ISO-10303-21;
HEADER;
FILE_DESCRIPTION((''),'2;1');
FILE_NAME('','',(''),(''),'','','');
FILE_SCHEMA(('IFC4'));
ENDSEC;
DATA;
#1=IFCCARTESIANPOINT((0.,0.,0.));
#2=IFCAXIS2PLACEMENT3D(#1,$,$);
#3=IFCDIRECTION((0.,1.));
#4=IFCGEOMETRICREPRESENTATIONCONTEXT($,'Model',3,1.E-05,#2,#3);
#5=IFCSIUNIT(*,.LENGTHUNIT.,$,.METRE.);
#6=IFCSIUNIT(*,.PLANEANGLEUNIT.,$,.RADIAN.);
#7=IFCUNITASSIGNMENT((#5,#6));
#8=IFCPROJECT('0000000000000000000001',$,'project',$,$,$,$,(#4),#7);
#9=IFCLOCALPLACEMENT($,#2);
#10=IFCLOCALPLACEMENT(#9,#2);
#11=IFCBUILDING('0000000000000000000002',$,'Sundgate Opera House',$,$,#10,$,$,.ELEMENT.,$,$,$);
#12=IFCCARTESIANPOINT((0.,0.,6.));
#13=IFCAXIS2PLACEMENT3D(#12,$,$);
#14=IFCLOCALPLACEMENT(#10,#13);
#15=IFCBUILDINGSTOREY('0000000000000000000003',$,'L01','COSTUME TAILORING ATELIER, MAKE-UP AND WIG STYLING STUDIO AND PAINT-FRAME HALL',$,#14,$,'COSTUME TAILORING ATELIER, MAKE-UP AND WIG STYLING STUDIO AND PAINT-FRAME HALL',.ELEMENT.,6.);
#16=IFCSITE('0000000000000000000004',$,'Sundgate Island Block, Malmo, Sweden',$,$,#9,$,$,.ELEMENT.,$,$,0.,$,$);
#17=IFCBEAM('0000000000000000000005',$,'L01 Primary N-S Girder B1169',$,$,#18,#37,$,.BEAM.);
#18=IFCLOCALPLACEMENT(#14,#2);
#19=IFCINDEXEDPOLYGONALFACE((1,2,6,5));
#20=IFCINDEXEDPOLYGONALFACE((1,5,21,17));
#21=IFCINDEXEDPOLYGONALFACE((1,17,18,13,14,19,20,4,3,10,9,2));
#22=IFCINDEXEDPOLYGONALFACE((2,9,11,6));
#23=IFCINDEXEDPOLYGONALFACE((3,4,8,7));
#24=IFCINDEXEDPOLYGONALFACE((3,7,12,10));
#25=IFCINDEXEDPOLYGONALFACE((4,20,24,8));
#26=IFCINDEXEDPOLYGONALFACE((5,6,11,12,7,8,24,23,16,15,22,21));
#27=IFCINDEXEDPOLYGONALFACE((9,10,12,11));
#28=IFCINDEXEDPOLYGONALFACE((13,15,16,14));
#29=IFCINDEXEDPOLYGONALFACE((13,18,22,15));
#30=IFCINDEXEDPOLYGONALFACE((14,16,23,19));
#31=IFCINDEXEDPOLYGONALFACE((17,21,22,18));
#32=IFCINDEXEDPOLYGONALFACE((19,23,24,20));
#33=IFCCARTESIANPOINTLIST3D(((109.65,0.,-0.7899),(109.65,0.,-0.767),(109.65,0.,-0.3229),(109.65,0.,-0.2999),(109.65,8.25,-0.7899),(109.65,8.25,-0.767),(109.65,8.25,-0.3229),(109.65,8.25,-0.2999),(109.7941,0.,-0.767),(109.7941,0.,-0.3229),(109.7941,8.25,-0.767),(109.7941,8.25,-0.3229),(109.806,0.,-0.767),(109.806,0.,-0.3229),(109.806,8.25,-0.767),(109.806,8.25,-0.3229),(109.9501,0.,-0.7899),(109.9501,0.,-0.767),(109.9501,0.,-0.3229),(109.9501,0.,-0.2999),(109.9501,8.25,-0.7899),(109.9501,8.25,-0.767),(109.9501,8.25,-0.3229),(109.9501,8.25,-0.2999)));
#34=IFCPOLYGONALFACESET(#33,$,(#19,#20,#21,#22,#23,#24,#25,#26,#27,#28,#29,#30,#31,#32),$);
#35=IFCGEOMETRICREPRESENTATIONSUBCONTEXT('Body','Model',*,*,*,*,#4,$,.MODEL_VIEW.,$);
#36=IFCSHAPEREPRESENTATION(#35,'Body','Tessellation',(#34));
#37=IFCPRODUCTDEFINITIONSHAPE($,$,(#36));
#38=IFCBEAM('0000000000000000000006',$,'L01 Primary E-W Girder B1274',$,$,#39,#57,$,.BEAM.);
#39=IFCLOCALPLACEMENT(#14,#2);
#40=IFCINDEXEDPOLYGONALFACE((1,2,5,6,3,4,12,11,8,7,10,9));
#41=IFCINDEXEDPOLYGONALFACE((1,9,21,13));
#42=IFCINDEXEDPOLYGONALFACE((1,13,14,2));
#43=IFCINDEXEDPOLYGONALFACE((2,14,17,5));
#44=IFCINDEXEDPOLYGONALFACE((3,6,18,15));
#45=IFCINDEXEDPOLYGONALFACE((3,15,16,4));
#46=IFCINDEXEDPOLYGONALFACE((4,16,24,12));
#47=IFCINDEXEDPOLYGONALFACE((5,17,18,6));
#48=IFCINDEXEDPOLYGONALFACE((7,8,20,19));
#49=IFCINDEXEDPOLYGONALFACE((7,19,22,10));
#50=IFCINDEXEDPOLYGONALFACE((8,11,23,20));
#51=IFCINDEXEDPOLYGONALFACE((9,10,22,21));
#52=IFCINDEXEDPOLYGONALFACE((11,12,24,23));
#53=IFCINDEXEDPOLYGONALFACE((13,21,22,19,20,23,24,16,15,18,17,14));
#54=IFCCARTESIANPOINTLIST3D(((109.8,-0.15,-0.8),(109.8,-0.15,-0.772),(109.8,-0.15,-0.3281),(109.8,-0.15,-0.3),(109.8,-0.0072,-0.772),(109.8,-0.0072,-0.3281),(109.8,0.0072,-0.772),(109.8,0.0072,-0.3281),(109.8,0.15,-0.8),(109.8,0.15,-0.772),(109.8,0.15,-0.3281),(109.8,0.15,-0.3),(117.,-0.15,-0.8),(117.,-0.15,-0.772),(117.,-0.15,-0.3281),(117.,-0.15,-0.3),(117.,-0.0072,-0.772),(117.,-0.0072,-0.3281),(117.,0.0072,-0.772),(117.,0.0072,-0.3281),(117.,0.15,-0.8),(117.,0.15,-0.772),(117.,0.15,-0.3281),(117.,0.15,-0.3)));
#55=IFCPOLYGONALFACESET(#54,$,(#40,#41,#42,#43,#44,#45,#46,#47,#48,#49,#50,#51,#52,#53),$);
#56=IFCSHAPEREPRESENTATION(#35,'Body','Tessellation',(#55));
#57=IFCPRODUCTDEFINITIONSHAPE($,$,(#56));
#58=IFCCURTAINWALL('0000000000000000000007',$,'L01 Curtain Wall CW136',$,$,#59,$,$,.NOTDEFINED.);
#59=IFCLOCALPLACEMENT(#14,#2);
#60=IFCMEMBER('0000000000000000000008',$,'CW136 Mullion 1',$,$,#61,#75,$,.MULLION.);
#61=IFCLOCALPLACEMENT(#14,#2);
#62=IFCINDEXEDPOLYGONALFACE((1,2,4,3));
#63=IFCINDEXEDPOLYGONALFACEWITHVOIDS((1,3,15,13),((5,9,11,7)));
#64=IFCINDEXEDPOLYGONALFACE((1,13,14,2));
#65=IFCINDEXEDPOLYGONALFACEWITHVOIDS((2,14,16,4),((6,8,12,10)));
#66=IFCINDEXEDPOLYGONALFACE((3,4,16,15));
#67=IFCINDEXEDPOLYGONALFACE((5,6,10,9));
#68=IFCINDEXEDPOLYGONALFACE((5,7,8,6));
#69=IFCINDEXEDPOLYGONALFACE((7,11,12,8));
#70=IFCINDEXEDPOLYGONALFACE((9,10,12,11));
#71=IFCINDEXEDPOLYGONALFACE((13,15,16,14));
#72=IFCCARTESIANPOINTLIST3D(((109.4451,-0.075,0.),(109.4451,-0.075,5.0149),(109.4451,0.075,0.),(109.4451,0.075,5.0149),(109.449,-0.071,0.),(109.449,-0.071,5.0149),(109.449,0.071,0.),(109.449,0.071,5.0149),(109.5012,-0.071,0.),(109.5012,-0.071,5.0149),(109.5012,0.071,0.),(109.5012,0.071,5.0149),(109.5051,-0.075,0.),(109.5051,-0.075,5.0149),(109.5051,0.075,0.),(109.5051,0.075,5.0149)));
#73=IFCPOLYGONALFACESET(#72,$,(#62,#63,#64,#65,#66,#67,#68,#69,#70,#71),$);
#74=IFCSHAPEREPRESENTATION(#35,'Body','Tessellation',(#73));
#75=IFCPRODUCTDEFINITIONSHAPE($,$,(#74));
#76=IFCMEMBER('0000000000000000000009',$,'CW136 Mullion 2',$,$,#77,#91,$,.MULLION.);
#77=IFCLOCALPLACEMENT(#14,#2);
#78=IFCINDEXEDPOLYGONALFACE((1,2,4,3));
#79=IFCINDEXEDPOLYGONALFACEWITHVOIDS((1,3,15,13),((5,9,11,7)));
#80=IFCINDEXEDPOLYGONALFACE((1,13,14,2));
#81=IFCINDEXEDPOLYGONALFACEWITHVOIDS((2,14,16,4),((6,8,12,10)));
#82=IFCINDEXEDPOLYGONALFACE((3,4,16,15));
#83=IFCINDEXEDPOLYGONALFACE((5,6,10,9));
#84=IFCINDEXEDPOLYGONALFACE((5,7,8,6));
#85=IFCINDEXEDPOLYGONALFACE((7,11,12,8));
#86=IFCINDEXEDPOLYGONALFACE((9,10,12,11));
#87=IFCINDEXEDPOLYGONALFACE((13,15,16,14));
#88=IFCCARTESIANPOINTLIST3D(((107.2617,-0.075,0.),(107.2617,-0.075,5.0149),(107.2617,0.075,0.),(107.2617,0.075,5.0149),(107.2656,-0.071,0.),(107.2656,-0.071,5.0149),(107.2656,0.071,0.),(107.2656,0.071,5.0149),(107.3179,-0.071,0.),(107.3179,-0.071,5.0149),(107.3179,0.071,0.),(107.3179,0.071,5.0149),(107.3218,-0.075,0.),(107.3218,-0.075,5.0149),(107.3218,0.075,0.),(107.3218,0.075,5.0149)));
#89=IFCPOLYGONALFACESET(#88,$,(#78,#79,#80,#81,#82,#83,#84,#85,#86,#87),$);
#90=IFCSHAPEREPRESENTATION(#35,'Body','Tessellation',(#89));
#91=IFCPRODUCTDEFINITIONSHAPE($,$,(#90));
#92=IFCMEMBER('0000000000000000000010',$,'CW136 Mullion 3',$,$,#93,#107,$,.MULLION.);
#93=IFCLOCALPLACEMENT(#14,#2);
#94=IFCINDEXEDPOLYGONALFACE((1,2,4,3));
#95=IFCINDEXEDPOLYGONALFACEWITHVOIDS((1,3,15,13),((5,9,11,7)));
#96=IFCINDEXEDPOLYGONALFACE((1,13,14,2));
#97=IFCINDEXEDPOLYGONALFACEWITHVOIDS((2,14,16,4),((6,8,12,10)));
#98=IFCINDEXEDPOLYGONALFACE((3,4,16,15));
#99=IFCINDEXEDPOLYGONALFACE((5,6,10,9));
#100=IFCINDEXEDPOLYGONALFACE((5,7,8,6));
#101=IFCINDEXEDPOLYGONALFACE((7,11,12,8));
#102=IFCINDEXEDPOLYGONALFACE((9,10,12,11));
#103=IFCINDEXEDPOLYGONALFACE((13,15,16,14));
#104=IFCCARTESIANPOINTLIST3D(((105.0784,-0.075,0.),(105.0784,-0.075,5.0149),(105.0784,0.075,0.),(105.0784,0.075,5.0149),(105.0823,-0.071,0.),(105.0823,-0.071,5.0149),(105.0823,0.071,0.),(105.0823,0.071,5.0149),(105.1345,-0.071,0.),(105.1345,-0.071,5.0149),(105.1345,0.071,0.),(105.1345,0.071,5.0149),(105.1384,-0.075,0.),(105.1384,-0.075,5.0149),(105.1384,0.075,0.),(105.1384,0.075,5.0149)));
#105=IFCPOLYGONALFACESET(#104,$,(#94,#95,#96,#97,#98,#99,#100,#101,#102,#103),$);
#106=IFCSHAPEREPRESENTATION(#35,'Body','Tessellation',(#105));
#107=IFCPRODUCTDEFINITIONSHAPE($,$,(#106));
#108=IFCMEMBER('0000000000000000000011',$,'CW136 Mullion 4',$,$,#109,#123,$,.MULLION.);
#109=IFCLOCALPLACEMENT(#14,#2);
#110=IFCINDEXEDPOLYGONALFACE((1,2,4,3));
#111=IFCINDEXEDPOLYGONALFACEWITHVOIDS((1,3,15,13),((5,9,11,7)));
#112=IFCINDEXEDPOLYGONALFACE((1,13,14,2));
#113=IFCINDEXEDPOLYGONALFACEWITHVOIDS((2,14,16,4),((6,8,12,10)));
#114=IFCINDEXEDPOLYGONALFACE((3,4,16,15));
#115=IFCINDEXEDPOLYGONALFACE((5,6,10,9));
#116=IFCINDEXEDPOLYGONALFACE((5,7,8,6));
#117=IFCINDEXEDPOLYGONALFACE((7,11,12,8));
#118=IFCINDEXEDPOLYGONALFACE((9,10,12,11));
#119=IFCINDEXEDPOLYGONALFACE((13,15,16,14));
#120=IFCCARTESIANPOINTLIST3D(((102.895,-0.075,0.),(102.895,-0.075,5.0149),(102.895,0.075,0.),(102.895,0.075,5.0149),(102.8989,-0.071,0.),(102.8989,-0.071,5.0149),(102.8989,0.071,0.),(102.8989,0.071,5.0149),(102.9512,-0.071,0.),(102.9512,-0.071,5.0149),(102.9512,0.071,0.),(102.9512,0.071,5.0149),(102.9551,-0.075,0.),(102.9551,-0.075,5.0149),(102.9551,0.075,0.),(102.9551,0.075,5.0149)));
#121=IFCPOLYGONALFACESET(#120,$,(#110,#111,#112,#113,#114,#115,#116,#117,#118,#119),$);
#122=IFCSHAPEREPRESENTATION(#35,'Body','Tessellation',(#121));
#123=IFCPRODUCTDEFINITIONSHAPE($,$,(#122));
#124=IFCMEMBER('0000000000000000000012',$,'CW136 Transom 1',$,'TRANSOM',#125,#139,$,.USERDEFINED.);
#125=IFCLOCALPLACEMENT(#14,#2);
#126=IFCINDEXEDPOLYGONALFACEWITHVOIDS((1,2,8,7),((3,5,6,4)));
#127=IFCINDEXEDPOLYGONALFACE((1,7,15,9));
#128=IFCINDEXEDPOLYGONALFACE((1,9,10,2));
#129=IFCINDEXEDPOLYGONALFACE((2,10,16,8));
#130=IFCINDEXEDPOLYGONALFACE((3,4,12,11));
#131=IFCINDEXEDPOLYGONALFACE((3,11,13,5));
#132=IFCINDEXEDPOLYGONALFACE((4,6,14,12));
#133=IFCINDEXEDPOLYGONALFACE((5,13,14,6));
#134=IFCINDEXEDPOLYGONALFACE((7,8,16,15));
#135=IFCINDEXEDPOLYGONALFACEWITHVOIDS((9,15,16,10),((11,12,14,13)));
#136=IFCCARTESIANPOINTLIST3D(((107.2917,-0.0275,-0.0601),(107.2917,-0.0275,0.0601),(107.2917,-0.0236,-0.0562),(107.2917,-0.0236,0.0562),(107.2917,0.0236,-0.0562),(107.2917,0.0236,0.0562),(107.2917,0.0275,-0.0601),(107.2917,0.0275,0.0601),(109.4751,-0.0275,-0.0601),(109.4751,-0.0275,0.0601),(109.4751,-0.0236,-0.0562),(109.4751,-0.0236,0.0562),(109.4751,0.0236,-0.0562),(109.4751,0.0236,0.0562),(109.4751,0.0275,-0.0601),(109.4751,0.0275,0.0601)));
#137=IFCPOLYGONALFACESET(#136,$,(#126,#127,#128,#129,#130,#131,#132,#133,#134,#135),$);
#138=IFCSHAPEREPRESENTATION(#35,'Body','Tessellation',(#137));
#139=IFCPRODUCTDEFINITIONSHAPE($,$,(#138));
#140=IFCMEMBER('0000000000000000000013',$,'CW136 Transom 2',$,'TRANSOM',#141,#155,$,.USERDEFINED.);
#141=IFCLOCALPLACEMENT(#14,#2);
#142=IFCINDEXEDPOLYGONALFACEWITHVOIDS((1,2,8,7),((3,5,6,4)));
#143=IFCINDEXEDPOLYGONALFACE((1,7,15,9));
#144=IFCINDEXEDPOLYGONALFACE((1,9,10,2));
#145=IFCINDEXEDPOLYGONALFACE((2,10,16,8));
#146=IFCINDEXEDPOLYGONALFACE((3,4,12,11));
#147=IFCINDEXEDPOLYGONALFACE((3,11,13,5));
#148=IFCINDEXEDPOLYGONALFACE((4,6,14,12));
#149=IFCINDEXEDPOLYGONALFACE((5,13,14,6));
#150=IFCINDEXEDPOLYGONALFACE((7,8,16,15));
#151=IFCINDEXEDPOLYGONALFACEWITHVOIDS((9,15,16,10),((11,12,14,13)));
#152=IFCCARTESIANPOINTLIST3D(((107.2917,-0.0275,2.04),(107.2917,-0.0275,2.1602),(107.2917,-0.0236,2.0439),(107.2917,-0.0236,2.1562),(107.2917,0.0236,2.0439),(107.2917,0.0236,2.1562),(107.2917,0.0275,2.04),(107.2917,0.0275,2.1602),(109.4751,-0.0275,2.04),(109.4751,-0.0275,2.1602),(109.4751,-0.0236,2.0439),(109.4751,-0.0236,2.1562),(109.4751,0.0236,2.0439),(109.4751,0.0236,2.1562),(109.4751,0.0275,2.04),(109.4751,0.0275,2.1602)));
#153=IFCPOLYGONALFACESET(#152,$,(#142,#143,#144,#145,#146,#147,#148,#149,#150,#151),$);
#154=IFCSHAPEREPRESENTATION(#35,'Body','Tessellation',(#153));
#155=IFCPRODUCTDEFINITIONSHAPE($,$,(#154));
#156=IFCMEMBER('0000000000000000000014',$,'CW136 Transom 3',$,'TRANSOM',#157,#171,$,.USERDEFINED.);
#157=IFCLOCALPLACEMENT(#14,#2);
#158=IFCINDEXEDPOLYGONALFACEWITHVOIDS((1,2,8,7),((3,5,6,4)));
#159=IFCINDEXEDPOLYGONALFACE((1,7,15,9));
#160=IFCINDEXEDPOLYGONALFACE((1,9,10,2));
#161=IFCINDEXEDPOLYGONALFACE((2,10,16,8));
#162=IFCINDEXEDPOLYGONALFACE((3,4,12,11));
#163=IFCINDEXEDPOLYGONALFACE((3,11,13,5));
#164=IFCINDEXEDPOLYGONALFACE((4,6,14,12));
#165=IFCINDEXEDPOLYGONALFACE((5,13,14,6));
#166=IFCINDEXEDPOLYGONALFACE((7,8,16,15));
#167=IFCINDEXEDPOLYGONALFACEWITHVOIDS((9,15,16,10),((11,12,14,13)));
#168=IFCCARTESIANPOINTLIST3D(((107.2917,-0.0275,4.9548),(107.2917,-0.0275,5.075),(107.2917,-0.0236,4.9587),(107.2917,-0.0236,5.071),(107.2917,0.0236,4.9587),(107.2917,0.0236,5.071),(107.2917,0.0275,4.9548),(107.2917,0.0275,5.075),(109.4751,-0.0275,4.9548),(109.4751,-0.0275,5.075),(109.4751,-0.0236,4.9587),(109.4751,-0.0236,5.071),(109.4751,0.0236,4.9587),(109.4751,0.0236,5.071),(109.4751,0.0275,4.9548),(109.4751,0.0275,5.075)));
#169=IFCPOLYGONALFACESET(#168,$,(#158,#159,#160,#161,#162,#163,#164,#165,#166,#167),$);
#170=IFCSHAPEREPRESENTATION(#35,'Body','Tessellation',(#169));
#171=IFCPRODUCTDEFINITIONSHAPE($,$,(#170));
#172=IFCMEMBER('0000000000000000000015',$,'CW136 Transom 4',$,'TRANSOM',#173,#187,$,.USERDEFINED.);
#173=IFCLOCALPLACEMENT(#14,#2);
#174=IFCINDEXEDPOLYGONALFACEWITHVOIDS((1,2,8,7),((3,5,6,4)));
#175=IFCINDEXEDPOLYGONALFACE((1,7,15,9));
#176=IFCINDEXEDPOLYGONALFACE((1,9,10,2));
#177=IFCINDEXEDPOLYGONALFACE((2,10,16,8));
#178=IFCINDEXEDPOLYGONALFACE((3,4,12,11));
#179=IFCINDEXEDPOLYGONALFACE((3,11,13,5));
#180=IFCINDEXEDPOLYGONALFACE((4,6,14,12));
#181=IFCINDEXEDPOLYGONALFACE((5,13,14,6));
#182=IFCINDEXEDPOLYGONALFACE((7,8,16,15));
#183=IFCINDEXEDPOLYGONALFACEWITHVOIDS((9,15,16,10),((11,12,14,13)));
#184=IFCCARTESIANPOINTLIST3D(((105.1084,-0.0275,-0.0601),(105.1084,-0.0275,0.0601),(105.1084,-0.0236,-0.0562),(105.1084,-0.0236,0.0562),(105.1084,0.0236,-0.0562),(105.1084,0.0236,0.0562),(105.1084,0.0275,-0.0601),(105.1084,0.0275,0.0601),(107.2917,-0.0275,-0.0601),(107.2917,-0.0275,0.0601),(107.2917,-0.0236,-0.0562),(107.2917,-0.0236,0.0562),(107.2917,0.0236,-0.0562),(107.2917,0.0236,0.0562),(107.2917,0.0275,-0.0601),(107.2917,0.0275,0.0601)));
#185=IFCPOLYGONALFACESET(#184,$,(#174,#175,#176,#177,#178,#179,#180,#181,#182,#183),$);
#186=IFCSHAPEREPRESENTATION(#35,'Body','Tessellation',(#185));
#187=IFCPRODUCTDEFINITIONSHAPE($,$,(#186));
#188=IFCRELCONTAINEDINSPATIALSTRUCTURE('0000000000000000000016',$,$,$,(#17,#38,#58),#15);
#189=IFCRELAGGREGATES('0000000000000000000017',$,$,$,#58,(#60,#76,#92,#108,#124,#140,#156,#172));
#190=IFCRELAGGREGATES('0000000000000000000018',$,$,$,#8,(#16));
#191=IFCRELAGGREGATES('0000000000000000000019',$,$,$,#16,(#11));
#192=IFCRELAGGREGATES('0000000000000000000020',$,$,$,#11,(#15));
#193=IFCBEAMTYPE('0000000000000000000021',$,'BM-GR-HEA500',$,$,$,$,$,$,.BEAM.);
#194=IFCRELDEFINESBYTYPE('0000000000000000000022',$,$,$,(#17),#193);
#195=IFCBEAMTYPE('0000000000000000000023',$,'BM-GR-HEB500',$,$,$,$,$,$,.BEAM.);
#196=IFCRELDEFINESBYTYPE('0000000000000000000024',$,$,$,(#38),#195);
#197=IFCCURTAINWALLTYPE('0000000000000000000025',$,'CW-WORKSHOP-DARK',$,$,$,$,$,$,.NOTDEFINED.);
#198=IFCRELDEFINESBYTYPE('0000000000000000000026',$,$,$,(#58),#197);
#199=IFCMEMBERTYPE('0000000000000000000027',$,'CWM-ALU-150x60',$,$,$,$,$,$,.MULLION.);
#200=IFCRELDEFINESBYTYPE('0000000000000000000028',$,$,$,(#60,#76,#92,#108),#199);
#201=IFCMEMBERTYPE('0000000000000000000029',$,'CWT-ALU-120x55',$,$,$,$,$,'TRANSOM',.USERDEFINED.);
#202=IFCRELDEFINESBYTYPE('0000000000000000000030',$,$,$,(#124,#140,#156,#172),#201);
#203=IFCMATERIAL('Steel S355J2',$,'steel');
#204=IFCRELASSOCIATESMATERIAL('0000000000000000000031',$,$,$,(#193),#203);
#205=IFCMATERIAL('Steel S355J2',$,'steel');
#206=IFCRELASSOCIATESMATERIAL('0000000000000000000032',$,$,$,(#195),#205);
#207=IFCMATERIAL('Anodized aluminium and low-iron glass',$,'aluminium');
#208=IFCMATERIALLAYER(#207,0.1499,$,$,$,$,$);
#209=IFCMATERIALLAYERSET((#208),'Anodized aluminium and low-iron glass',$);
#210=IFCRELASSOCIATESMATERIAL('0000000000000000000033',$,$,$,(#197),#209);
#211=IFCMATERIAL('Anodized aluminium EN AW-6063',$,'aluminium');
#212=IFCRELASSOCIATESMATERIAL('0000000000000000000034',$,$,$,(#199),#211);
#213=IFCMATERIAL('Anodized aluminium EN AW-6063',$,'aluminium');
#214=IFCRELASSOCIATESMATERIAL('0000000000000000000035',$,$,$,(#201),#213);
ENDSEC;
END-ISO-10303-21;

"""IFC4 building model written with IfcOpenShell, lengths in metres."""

from ifc_helpers import new_model, si_unit, direction, frame, origin, origin_2d, place, context, subcontext, project, spatial, hollow_rectangle, i_section, extrude, material, layer, layer_set, material_profile, profile_set, type_object, element, aggregate, save


model = new_model("IFC4")

# Units and contexts
model_context = context("Model", 3, precision=1e-05, world=origin(), true_north=direction((0.0, 1.0)))
body_context = subcontext(model_context, "Body", "Model", "MODEL_VIEW")
ifc_project = project(units=[si_unit("LENGTHUNIT", "METRE"), si_unit("PLANEANGLEUNIT", "RADIAN")], contexts=[model_context])

# Site, building, storey
site_placement = place(None, origin())
site = spatial("IfcSite", under=ifc_project, at=site_placement, Name="Sundgate Island Block, Malmo, Sweden", CompositionType="ELEMENT", RefElevation=0.0)
building_placement = place(site_placement, origin())
building = spatial("IfcBuilding", under=site, at=building_placement, Name="Sundgate Opera House", CompositionType="ELEMENT")
storey_placement = place(building_placement, frame((0.0, 0.0, 6.0)))
storey = spatial("IfcBuildingStorey", under=building, at=storey_placement, Name="L01", Description="COSTUME TAILORING ATELIER, MAKE-UP AND WIG STYLING STUDIO AND PAINT-FRAME HALL", LongName="COSTUME TAILORING ATELIER, MAKE-UP AND WIG STYLING STUDIO AND PAINT-FRAME HALL", CompositionType="ELEMENT", Elevation=6.0)

# Beams
ifc_material_1 = material(Name="Steel S355J2", Category="steel")
ifc_material_profile_1 = material_profile(ifc_material_1, i_section(OverallWidth=0.3, OverallDepth=0.49, WebThickness=0.012, FlangeThickness=0.0229, at=origin_2d()), Name="HEA 500")
ifc_profile_set_1 = profile_set([ifc_material_profile_1], Name="Steel S355J2")
beam_type_1 = type_object("IfcBeamType", Name="BM-GR-HEA500", PredefinedType="BEAM", material=ifc_profile_set_1)
beam_1_placement = place(storey_placement, frame((109.8, 0.0, -0.5449), z_axis=(0.0, 1.0, 0.0), x_axis=(-1.0, 0.0, 0.0)))
element("IfcBeam", 1, at=beam_1_placement, inside=storey, type_object=beam_type_1, Name="L01 Primary N-S Girder B1169", PredefinedType="BEAM", context=body_context, shape_type="SweptSolid", body=[
    extrude(i_section(OverallWidth=0.3, OverallDepth=0.49, WebThickness=0.012, FlangeThickness=0.0229, at=origin_2d()), origin(), (0.0, 0.0, 1.0), 8.25),
])
ifc_material_2 = material(Name="Steel S355J2", Category="steel")
ifc_material_profile_2 = material_profile(ifc_material_2, i_section(OverallWidth=0.3, OverallDepth=0.5, WebThickness=0.0144, FlangeThickness=0.0281, at=origin_2d()), Name="HEB 500")
ifc_profile_set_2 = profile_set([ifc_material_profile_2], Name="Steel S355J2")
beam_type_2 = type_object("IfcBeamType", Name="BM-GR-HEB500", PredefinedType="BEAM", material=ifc_profile_set_2)
beam_2_placement = place(storey_placement, frame((109.8, 0.0, -0.55), z_axis=(1.0, 0.0, 0.0), x_axis=(0.0, 1.0, 0.0)))
element("IfcBeam", 2, at=beam_2_placement, inside=storey, type_object=beam_type_2, Name="L01 Primary E-W Girder B1274", PredefinedType="BEAM", context=body_context, shape_type="SweptSolid", body=[
    extrude(i_section(OverallWidth=0.3, OverallDepth=0.5, WebThickness=0.0144, FlangeThickness=0.0281, at=origin_2d()), origin(), (0.0, 0.0, 1.0), 7.2),
])

# Curtain wall, members
ifc_material_3 = material(Name="Anodized aluminium and low-iron glass", Category="aluminium")
ifc_layer_1 = layer(ifc_material_3, 0.1499)
ifc_layer_set_1 = layer_set([ifc_layer_1], Name="Anodized aluminium and low-iron glass")
curtain_wall_type = type_object("IfcCurtainWallType", Name="CW-WORKSHOP-DARK", PredefinedType="NOTDEFINED", material=ifc_layer_set_1)
curtain_wall_placement = place(storey_placement, origin())
curtain_wall = element("IfcCurtainWall", 3, at=curtain_wall_placement, inside=storey, type_object=curtain_wall_type, Name="L01 Curtain Wall CW136", PredefinedType="NOTDEFINED")
ifc_material_4 = material(Name="Anodized aluminium EN AW-6063", Category="aluminium")
ifc_material_profile_3 = material_profile(ifc_material_4, hollow_rectangle(XDim=0.0601, YDim=0.1499, WallThickness=0.0039, at=origin_2d()), Name="CWM 150x60x4")
ifc_profile_set_3 = profile_set([ifc_material_profile_3], Name="Anodized aluminium EN AW-6063")
member_type_1 = type_object("IfcMemberType", Name="CWM-ALU-150x60", PredefinedType="MULLION", material=ifc_profile_set_3)
member_1_placement = place(storey_placement, frame((109.4751, 0.0, 0.0), z_axis=(0.0, 0.0, 1.0), x_axis=(1.0, 0.0, 0.0)))
member_1 = element("IfcMember", 4, at=member_1_placement, type_object=member_type_1, Name="CW136 Mullion 1", PredefinedType="MULLION", context=body_context, shape_type="SweptSolid", body=[
    extrude(hollow_rectangle(XDim=0.0601, YDim=0.1499, WallThickness=0.0039, at=origin_2d()), origin(), (0.0, 0.0, 1.0), 5.0149),
])
member_2_placement = place(storey_placement, frame((107.2917, 0.0, 0.0), z_axis=(0.0, 0.0, 1.0), x_axis=(1.0, 0.0, 0.0)))
member_2 = element("IfcMember", 5, at=member_2_placement, type_object=member_type_1, Name="CW136 Mullion 2", PredefinedType="MULLION", context=body_context, shape_type="SweptSolid", body=[
    extrude(hollow_rectangle(XDim=0.0601, YDim=0.1499, WallThickness=0.0039, at=origin_2d()), origin(), (0.0, 0.0, 1.0), 5.0149),
])
member_3_placement = place(storey_placement, frame((105.1084, 0.0, 0.0), z_axis=(0.0, 0.0, 1.0), x_axis=(1.0, 0.0, 0.0)))
member_3 = element("IfcMember", 6, at=member_3_placement, type_object=member_type_1, Name="CW136 Mullion 3", PredefinedType="MULLION", context=body_context, shape_type="SweptSolid", body=[
    extrude(hollow_rectangle(XDim=0.0601, YDim=0.1499, WallThickness=0.0039, at=origin_2d()), origin(), (0.0, 0.0, 1.0), 5.0149),
])
member_4_placement = place(storey_placement, frame((102.925, 0.0, 0.0), z_axis=(0.0, 0.0, 1.0), x_axis=(1.0, 0.0, 0.0)))
member_4 = element("IfcMember", 7, at=member_4_placement, type_object=member_type_1, Name="CW136 Mullion 4", PredefinedType="MULLION", context=body_context, shape_type="SweptSolid", body=[
    extrude(hollow_rectangle(XDim=0.0601, YDim=0.1499, WallThickness=0.0039, at=origin_2d()), origin(), (0.0, 0.0, 1.0), 5.0149),
])
ifc_material_5 = material(Name="Anodized aluminium EN AW-6063", Category="aluminium")
ifc_material_profile_4 = material_profile(ifc_material_5, hollow_rectangle(XDim=0.0549, YDim=0.1201, WallThickness=0.0039, at=origin_2d()), Name="CWT 120x55x4")
ifc_profile_set_4 = profile_set([ifc_material_profile_4], Name="Anodized aluminium EN AW-6063")
member_type_2 = type_object("IfcMemberType", Name="CWT-ALU-120x55", ElementType="TRANSOM", PredefinedType="USERDEFINED", material=ifc_profile_set_4)
member_5_placement = place(storey_placement, frame((109.4751, 0.0, 0.0), z_axis=(-1.0, 0.0, 0.0), x_axis=(0.0, -1.0, 0.0)))
member_5 = element("IfcMember", 8, at=member_5_placement, type_object=member_type_2, Name="CW136 Transom 1", ObjectType="TRANSOM", PredefinedType="USERDEFINED", context=body_context, shape_type="SweptSolid", body=[
    extrude(hollow_rectangle(XDim=0.0549, YDim=0.1201, WallThickness=0.0039, at=origin_2d()), origin(), (0.0, 0.0, 1.0), 2.1833),
])
member_6_placement = place(storey_placement, frame((109.4751, 0.0, 2.1001), z_axis=(-1.0, 0.0, 0.0), x_axis=(0.0, -1.0, 0.0)))
member_6 = element("IfcMember", 9, at=member_6_placement, type_object=member_type_2, Name="CW136 Transom 2", ObjectType="TRANSOM", PredefinedType="USERDEFINED", context=body_context, shape_type="SweptSolid", body=[
    extrude(hollow_rectangle(XDim=0.0549, YDim=0.1201, WallThickness=0.0039, at=origin_2d()), origin(), (0.0, 0.0, 1.0), 2.1833),
])
member_7_placement = place(storey_placement, frame((109.4751, 0.0, 5.0149), z_axis=(-1.0, 0.0, 0.0), x_axis=(0.0, -1.0, 0.0)))
member_7 = element("IfcMember", 10, at=member_7_placement, type_object=member_type_2, Name="CW136 Transom 3", ObjectType="TRANSOM", PredefinedType="USERDEFINED", context=body_context, shape_type="SweptSolid", body=[
    extrude(hollow_rectangle(XDim=0.0549, YDim=0.1201, WallThickness=0.0039, at=origin_2d()), origin(), (0.0, 0.0, 1.0), 2.1833),
])
member_8_placement = place(storey_placement, frame((107.2917, 0.0, 0.0), z_axis=(-1.0, 0.0, 0.0), x_axis=(0.0, -1.0, 0.0)))
member_8 = element("IfcMember", 11, at=member_8_placement, type_object=member_type_2, Name="CW136 Transom 4", ObjectType="TRANSOM", PredefinedType="USERDEFINED", context=body_context, shape_type="SweptSolid", body=[
    extrude(hollow_rectangle(XDim=0.0549, YDim=0.1201, WallThickness=0.0039, at=origin_2d()), origin(), (0.0, 0.0, 1.0), 2.1833),
])
aggregate(curtain_wall, [member_1, member_2, member_3, member_4, member_5, member_6, member_7, member_8])

save(model, "model.ifc")
